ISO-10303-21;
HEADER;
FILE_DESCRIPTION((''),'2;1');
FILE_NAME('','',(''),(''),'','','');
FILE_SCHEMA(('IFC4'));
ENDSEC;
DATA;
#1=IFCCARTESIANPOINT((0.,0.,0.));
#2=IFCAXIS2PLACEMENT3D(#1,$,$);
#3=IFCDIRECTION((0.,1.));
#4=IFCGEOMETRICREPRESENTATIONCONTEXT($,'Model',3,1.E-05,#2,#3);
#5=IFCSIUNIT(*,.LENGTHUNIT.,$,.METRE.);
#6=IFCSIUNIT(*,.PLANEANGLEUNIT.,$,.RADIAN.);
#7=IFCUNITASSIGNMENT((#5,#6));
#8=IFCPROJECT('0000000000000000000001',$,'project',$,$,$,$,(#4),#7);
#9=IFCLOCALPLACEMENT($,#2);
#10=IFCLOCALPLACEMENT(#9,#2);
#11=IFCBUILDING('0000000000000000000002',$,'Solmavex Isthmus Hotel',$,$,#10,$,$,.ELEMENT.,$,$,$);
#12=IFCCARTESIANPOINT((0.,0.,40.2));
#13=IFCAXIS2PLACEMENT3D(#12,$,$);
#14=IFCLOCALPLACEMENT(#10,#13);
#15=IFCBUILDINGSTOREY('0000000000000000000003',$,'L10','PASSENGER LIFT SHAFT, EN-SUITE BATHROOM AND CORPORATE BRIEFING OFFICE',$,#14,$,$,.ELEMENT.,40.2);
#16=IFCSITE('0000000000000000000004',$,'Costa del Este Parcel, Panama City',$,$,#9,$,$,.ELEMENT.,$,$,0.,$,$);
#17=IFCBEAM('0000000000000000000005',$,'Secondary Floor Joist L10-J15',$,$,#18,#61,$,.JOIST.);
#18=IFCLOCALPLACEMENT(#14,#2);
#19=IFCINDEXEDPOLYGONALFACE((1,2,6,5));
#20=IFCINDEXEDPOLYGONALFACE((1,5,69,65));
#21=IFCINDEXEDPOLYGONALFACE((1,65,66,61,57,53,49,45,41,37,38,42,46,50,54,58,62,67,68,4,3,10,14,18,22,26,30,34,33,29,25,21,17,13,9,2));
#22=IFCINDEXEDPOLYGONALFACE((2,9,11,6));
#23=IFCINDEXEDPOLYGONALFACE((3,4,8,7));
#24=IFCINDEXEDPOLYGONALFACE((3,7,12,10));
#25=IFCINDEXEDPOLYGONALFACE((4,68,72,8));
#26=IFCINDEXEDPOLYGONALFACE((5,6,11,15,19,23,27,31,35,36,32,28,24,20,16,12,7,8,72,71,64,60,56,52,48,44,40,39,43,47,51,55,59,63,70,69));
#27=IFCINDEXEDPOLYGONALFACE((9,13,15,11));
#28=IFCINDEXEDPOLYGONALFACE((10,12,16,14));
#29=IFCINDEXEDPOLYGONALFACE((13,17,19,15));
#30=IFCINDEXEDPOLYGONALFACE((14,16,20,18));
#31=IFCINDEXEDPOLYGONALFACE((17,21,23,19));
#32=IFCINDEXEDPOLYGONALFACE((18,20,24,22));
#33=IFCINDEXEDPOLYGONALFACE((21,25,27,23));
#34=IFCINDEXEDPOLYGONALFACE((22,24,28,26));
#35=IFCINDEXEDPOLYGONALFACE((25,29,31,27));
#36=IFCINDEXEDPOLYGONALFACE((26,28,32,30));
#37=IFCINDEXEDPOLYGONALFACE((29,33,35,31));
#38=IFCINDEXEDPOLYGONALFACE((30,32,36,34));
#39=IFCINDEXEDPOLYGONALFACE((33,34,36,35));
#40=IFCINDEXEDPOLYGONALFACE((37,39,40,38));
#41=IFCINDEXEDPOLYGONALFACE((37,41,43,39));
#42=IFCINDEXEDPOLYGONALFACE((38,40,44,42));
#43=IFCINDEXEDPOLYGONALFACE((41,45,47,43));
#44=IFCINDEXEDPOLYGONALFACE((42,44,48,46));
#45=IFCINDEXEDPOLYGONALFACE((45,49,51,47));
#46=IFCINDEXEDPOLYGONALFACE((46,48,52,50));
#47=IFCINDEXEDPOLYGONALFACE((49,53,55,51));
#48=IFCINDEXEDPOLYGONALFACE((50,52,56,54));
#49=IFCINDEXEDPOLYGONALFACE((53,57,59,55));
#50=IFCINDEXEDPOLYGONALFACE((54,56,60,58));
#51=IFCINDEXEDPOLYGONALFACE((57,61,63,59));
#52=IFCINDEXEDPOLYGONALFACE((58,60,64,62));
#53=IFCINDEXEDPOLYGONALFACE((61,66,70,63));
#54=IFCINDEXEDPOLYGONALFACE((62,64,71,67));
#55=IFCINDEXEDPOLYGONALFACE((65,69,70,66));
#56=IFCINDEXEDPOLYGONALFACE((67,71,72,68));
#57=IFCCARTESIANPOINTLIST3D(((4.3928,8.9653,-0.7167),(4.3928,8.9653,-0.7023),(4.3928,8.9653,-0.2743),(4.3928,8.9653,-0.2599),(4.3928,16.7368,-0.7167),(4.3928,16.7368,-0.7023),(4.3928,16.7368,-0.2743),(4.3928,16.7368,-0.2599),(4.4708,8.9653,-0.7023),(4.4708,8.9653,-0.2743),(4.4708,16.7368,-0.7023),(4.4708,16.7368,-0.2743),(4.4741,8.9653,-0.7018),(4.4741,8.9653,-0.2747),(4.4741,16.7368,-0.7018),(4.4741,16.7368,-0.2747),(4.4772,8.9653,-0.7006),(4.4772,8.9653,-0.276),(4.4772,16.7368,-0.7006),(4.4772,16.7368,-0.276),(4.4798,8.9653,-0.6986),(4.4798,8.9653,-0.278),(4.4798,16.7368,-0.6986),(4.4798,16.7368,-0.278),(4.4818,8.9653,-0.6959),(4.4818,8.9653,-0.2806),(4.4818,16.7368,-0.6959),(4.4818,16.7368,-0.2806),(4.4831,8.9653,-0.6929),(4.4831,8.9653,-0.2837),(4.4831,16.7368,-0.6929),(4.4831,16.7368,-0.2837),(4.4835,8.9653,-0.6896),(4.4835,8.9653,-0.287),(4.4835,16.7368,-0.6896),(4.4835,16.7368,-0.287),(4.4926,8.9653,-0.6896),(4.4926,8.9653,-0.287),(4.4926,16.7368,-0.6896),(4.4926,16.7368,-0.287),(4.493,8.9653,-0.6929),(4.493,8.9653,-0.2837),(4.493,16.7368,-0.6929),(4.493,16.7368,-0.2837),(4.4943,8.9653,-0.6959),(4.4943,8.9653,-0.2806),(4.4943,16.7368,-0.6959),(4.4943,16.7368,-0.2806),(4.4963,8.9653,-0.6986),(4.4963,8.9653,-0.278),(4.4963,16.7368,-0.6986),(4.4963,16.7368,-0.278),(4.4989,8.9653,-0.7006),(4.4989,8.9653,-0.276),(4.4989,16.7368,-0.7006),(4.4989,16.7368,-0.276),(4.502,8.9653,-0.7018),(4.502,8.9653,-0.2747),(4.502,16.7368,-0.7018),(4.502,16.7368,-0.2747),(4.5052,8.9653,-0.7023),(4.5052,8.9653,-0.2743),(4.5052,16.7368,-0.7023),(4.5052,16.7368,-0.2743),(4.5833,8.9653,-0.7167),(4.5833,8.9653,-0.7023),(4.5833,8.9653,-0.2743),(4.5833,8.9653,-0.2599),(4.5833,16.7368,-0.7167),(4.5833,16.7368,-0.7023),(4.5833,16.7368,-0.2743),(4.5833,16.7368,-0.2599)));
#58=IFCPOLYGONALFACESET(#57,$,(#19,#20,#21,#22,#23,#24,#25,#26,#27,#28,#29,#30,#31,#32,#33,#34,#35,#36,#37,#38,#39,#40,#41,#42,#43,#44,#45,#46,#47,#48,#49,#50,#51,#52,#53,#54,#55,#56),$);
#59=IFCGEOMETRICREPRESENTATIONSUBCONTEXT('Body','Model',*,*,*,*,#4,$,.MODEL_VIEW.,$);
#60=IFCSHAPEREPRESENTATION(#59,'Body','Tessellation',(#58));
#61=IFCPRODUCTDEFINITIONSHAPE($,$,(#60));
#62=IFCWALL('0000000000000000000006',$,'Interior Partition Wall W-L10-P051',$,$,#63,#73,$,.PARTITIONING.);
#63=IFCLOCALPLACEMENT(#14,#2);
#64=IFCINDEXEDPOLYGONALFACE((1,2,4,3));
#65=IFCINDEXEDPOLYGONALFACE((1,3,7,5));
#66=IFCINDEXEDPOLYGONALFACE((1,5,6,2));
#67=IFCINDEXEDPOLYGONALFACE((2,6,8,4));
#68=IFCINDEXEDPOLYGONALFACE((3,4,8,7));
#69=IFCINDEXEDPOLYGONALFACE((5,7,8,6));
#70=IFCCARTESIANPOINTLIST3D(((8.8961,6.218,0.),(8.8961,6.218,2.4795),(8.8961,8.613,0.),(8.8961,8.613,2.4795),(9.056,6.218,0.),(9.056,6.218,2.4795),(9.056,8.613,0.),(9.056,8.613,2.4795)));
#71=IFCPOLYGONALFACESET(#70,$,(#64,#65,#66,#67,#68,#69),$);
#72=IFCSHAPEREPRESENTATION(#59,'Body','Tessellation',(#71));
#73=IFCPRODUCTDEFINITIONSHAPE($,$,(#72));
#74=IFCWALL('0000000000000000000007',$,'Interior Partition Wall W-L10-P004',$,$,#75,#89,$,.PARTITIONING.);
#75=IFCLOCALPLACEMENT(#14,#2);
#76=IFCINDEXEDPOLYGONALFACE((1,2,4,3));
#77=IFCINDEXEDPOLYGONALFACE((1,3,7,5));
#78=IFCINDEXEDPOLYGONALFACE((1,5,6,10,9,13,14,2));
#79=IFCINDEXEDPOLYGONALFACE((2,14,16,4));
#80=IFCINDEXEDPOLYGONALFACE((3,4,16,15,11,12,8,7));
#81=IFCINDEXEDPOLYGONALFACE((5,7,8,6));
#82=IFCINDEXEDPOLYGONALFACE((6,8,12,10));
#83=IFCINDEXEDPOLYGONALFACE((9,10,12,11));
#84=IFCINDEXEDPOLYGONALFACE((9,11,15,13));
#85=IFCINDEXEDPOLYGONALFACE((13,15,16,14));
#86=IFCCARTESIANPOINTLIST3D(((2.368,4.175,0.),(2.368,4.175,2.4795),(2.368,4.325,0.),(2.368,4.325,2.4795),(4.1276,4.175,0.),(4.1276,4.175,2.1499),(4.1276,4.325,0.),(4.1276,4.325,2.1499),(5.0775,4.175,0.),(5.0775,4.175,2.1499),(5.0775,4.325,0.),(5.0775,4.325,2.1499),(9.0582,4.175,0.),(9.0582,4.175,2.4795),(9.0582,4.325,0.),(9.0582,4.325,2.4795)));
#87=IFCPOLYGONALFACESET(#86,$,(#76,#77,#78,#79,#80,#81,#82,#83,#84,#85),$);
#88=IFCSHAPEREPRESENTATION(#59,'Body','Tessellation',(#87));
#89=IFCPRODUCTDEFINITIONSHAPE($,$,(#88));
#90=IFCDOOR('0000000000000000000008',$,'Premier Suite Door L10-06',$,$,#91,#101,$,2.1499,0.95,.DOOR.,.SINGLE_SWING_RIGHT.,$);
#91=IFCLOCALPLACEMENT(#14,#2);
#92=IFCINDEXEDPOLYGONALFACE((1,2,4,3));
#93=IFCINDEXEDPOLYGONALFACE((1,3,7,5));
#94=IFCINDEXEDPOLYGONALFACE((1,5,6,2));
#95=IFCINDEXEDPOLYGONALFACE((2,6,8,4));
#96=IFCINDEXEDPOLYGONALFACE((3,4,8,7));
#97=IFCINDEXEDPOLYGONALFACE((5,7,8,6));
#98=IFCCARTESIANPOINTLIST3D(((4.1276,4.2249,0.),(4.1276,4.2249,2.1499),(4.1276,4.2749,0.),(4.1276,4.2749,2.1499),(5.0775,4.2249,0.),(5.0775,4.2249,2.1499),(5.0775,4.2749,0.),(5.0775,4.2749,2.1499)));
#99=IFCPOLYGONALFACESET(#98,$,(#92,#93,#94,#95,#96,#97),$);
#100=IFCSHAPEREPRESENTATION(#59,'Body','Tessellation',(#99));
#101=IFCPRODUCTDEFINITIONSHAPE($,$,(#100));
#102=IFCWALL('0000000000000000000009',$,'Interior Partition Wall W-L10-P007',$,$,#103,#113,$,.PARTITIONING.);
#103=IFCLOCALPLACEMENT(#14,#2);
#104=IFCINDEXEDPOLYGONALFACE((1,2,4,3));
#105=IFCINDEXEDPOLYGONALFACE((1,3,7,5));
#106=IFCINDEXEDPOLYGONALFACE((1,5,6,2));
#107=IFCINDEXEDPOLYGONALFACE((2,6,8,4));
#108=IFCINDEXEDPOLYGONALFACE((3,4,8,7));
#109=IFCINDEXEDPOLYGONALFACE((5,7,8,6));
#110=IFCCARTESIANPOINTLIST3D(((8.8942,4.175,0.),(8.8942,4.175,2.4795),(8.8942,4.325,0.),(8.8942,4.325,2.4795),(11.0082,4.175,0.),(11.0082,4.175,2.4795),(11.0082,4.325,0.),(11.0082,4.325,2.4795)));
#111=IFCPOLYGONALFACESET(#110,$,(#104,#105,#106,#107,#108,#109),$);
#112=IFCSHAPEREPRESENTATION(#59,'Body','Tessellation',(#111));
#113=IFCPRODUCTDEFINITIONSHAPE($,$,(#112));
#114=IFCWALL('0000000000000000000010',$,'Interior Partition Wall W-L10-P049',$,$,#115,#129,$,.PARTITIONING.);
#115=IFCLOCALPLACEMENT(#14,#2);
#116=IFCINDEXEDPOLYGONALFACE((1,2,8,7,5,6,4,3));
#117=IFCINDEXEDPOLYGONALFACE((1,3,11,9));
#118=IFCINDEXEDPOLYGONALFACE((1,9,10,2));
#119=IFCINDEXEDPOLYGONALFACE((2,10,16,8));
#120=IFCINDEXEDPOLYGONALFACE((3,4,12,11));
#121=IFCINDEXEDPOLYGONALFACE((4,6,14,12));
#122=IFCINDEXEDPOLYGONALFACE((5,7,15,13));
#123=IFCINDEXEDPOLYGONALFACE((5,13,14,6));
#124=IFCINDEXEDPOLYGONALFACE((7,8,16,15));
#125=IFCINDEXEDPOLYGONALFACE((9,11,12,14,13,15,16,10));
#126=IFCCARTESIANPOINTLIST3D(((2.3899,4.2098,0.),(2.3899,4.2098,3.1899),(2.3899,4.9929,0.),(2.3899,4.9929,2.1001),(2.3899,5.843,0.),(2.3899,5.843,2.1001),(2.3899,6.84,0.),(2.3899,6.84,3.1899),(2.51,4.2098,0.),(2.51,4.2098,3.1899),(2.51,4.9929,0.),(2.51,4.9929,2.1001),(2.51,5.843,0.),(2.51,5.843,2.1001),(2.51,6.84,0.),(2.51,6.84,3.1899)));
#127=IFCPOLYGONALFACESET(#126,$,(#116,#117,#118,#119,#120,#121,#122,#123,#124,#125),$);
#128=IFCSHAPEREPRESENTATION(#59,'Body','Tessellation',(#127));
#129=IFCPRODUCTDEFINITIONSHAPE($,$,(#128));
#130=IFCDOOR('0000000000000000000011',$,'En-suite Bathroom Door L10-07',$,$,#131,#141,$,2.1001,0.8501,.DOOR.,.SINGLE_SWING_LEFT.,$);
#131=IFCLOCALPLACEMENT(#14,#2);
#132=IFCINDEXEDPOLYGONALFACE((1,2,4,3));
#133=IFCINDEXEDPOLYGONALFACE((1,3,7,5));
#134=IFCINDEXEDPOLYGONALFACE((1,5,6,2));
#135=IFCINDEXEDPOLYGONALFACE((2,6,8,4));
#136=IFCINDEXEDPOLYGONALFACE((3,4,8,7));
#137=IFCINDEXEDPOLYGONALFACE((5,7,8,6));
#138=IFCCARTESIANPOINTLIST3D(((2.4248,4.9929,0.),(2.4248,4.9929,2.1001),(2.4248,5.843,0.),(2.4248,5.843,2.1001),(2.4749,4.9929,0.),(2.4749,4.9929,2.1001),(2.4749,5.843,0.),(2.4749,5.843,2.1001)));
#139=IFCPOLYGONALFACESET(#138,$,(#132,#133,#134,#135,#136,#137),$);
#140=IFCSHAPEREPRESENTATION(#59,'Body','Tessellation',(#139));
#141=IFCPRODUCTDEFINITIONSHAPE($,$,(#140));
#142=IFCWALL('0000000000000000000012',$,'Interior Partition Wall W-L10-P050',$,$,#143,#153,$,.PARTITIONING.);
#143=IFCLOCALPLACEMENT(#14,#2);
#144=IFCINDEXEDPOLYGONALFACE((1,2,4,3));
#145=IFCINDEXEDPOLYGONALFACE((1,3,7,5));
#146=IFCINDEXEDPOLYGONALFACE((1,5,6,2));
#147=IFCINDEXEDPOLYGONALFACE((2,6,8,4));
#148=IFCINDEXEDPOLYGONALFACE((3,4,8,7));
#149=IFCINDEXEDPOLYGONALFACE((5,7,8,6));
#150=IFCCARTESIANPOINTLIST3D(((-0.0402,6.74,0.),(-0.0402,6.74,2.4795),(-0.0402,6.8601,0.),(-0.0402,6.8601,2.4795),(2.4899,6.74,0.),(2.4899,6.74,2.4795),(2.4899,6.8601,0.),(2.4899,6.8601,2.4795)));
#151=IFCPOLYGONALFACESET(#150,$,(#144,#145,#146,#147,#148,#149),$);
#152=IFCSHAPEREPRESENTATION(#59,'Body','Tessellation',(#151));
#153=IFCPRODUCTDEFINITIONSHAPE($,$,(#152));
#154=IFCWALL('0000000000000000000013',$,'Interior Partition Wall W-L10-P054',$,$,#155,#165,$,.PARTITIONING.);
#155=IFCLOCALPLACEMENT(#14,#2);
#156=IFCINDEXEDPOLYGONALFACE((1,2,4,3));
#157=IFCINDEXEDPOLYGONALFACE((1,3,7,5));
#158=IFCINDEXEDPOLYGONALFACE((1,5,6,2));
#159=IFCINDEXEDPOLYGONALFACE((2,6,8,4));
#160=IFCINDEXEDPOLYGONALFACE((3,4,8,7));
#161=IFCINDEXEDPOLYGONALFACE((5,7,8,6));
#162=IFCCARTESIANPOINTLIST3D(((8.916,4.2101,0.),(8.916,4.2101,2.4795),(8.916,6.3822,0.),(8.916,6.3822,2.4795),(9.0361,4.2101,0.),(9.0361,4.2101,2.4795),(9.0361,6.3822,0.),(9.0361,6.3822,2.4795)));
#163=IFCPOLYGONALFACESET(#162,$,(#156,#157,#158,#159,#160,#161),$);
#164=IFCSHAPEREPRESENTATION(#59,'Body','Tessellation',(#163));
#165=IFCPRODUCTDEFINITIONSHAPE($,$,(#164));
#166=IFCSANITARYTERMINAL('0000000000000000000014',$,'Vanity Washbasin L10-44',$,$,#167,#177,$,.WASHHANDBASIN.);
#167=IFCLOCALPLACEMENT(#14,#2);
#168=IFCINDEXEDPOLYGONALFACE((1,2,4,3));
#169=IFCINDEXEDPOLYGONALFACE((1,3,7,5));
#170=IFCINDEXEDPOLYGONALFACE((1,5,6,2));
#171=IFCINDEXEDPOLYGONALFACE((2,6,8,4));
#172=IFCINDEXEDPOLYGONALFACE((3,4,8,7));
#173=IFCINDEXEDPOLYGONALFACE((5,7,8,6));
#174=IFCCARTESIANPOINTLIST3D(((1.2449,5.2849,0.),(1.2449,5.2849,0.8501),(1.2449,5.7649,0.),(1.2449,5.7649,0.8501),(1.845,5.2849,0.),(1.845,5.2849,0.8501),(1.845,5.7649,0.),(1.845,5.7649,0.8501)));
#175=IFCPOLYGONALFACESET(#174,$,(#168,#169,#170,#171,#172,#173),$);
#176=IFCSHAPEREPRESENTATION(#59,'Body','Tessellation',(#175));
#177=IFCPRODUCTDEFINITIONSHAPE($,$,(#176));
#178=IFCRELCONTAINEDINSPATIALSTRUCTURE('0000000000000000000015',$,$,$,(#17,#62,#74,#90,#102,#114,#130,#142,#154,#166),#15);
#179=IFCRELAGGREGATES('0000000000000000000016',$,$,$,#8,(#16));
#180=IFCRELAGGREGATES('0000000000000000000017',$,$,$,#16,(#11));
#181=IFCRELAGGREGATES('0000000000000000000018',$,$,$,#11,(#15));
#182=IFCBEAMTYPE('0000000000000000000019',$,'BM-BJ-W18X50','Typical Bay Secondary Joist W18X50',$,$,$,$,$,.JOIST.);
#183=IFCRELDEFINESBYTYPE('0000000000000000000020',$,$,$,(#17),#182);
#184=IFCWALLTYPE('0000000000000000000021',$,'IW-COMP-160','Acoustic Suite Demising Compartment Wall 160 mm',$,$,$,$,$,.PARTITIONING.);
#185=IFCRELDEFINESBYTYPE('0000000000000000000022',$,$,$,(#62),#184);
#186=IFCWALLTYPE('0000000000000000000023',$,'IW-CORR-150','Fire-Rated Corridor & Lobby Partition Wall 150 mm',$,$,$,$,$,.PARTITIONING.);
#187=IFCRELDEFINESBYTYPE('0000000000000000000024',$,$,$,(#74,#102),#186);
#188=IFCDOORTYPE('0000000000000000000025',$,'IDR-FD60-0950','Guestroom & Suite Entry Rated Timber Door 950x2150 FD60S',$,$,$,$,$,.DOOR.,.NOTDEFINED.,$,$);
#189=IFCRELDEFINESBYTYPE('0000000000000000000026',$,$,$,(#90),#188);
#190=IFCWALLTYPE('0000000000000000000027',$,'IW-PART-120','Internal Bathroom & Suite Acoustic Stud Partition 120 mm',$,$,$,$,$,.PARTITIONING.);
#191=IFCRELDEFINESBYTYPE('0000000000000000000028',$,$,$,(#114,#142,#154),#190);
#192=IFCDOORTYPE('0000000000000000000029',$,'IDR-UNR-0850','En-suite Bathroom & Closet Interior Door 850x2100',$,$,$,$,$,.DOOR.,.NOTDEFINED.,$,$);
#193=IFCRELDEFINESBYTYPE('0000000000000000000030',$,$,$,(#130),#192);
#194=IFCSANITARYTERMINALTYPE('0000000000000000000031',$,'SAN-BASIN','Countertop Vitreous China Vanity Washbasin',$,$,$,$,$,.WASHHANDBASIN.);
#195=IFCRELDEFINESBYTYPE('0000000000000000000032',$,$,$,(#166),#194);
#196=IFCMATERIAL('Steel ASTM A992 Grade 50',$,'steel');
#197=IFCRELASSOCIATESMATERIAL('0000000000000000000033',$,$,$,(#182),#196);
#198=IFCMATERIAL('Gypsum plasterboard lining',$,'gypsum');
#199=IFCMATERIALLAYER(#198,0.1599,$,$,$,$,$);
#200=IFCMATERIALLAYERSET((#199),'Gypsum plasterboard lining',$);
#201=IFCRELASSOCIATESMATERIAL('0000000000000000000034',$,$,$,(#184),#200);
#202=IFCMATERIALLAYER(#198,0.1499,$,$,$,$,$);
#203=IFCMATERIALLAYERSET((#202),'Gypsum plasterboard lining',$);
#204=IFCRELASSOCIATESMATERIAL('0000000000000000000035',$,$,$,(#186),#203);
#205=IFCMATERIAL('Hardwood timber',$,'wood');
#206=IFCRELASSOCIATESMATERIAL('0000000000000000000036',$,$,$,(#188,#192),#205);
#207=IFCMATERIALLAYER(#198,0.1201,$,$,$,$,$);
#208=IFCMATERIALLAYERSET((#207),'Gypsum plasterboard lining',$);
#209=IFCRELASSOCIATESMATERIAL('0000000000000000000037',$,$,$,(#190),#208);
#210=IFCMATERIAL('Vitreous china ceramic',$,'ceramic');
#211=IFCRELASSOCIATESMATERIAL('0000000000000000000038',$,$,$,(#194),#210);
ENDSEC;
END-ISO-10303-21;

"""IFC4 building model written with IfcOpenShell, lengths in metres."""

from ifc_helpers import new_model, si_unit, direction, frame, frame_2d, origin, origin_2d, place, context, subcontext, project, spatial, rectangle, i_section, extrude, material, layer, layer_set, material_profile, profile_set, type_object, element, fill, save


model = new_model("IFC4")

# Units and contexts
model_context = context("Model", 3, precision=1e-05, world=origin(), true_north=direction((0.0, 1.0)))
body_context = subcontext(model_context, "Body", "Model", "MODEL_VIEW")
ifc_project = project(units=[si_unit("LENGTHUNIT", "METRE"), si_unit("PLANEANGLEUNIT", "RADIAN")], contexts=[model_context])

# Site, building, storey
site_placement = place(None, origin())
site = spatial("IfcSite", under=ifc_project, at=site_placement, Name="Costa del Este Parcel, Panama City", CompositionType="ELEMENT", RefElevation=0.0)
building_placement = place(site_placement, origin())
building = spatial("IfcBuilding", under=site, at=building_placement, Name="Solmavex Isthmus Hotel", CompositionType="ELEMENT")
storey_placement = place(building_placement, frame((0.0, 0.0, 40.2)))
storey = spatial("IfcBuildingStorey", under=building, at=storey_placement, Name="L10", Description="PASSENGER LIFT SHAFT, EN-SUITE BATHROOM AND CORPORATE BRIEFING OFFICE", CompositionType="ELEMENT", Elevation=40.2)

# Beam
ifc_material_1 = material(Name="Steel ASTM A992 Grade 50", Category="steel")
ifc_material_profile_1 = material_profile(ifc_material_1, i_section(OverallWidth=0.1904, OverallDepth=0.4568, WebThickness=0.009, FlangeThickness=0.0144, FilletRadius=0.0127, at=origin_2d()), Name="W18X50")
ifc_profile_set_1 = profile_set([ifc_material_profile_1], Name="Steel ASTM A992 Grade 50")
beam_type_1 = type_object("IfcBeamType", Name="BM-BJ-W18X50", Description="Typical Bay Secondary Joist W18X50", PredefinedType="JOIST", material=ifc_profile_set_1)
beam_1_placement = place(storey_placement, frame((4.488, 8.9653, -0.4883), z_axis=(0.0, 1.0, 0.0), x_axis=(-1.0, 0.0, 0.0)))
element("IfcBeam", 1, at=beam_1_placement, inside=storey, type_object=beam_type_1, Name="Secondary Floor Joist L10-J15", PredefinedType="JOIST", context=body_context, shape_type="SweptSolid", body=[
    extrude(i_section(OverallWidth=0.1904, OverallDepth=0.4568, WebThickness=0.009, FlangeThickness=0.0144, FilletRadius=0.0127, at=origin_2d()), origin(), (0.0, 0.0, 1.0), 7.7715),
])

# Wall
ifc_material_2 = material(Name="Gypsum plasterboard lining", Category="gypsum")
ifc_layer_1 = layer(ifc_material_2, 0.1599)
ifc_layer_set_1 = layer_set([ifc_layer_1], Name="Gypsum plasterboard lining")
wall_type_1 = type_object("IfcWallType", Name="IW-COMP-160", Description="Acoustic Suite Demising Compartment Wall 160 mm", PredefinedType="PARTITIONING", material=ifc_layer_set_1)
wall_1_placement = place(storey_placement, frame((8.9761, 8.613, 0.0), z_axis=(0.0, 0.0, 1.0), x_axis=(0.0, -1.0, 0.0)))
element("IfcWall", 2, at=wall_1_placement, inside=storey, type_object=wall_type_1, Name="Interior Partition Wall W-L10-P051", PredefinedType="PARTITIONING", context=body_context, shape_type="SweptSolid", body=[
    extrude(rectangle(XDim=2.395, YDim=0.1599, at=frame_2d((1.1975, 0.0))), origin(), (0.0, 0.0, 1.0), 2.4795),
])

# Wall, opening, door
ifc_layer_2 = layer(ifc_material_2, 0.1499)
ifc_layer_set_2 = layer_set([ifc_layer_2], Name="Gypsum plasterboard lining")
wall_type_2 = type_object("IfcWallType", Name="IW-CORR-150", Description="Fire-Rated Corridor & Lobby Partition Wall 150 mm", PredefinedType="PARTITIONING", material=ifc_layer_set_2)
wall_2_placement = place(storey_placement, frame((2.3679, 4.25, 0.0), z_axis=(0.0, 0.0, 1.0), x_axis=(1.0, 0.0, 0.0)))
wall_2 = element("IfcWall", 3, at=wall_2_placement, inside=storey, type_object=wall_type_2, Name="Interior Partition Wall W-L10-P004", PredefinedType="PARTITIONING", context=body_context, shape_type="SweptSolid", body=[
    extrude(rectangle(XDim=6.6902, YDim=0.1499, at=frame_2d((3.3452, 0.0))), origin(), (0.0, 0.0, 1.0), 2.4795),
])
opening_1_placement = place(wall_2_placement, frame((1.7595, 0.0, 0.0)))
opening_1 = element("IfcOpeningElement", 4, at=opening_1_placement, cuts=wall_2, PredefinedType="OPENING", context=body_context, shape_type="SweptSolid", body=[
    extrude(rectangle(XDim=0.95, YDim=2.1499, at=frame_2d((0.4751, 1.075))), frame((0.0, 0.085, 0.0), z_axis=(0.0, -1.0, 0.0), x_axis=(1.0, 0.0, 0.0)), (0.0, 0.0, 1.0), 0.1699),
])
ifc_material_3 = material(Name="Hardwood timber", Category="wood")
door_type_1 = type_object("IfcDoorType", Name="IDR-FD60-0950", Description="Guestroom & Suite Entry Rated Timber Door 950x2150 FD60S", OperationType="NOTDEFINED", PredefinedType="DOOR", material=ifc_material_3)
door_1_placement = place(opening_1_placement, origin())
door_1 = element("IfcDoor", 5, at=door_1_placement, inside=storey, type_object=door_type_1, Name="Premier Suite Door L10-06", OperationType="SINGLE_SWING_RIGHT", OverallHeight=2.1499, OverallWidth=0.95, PredefinedType="DOOR", context=body_context, shape_type="SweptSolid", body=[
    extrude(rectangle(XDim=0.95, YDim=2.1499, at=frame_2d((0.4751, 1.075))), frame((0.0, 0.0249, 0.0), z_axis=(0.0, -1.0, 0.0), x_axis=(1.0, 0.0, 0.0)), (0.0, 0.0, 1.0), 0.05),
])
fill(opening_1, door_1)

# Wall
wall_3_placement = place(storey_placement, frame((8.894, 4.25, 0.0), z_axis=(0.0, 0.0, 1.0), x_axis=(1.0, 0.0, 0.0)))
element("IfcWall", 6, at=wall_3_placement, inside=storey, type_object=wall_type_2, Name="Interior Partition Wall W-L10-P007", PredefinedType="PARTITIONING", context=body_context, shape_type="SweptSolid", body=[
    extrude(rectangle(XDim=2.114, YDim=0.1499, at=frame_2d((1.0571, 0.0))), origin(), (0.0, 0.0, 1.0), 2.4795),
])

# Wall, opening, door
ifc_layer_3 = layer(ifc_material_2, 0.1201)
ifc_layer_set_3 = layer_set([ifc_layer_3], Name="Gypsum plasterboard lining")
wall_type_3 = type_object("IfcWallType", Name="IW-PART-120", Description="Internal Bathroom & Suite Acoustic Stud Partition 120 mm", PredefinedType="PARTITIONING", material=ifc_layer_set_3)
wall_4_placement = place(storey_placement, frame((2.45, 4.21, 0.0), z_axis=(0.0, 0.0, 1.0), x_axis=(0.0, 1.0, 0.0)))
wall_4 = element("IfcWall", 7, at=wall_4_placement, inside=storey, type_object=wall_type_3, Name="Interior Partition Wall W-L10-P049", PredefinedType="PARTITIONING", context=body_context, shape_type="SweptSolid", body=[
    extrude(rectangle(XDim=2.6301, YDim=0.1201, at=frame_2d((1.3149, 0.0))), origin(), (0.0, 0.0, 1.0), 3.1899),
])
opening_2_placement = place(wall_4_placement, frame((0.783, 0.0, 0.0)))
opening_2 = element("IfcOpeningElement", 8, at=opening_2_placement, cuts=wall_4, PredefinedType="OPENING", context=body_context, shape_type="SweptSolid", body=[
    extrude(rectangle(XDim=0.8501, YDim=2.1001, at=frame_2d((0.425, 1.05))), frame((0.0, 0.0701, 0.0), z_axis=(0.0, -1.0, 0.0), x_axis=(1.0, 0.0, 0.0)), (0.0, 0.0, 1.0), 0.1401),
])
door_type_2 = type_object("IfcDoorType", Name="IDR-UNR-0850", Description="En-suite Bathroom & Closet Interior Door 850x2100", OperationType="NOTDEFINED", PredefinedType="DOOR", material=ifc_material_3)
door_2_placement = place(opening_2_placement, frame((0.8501, 0.0, 0.0), z_axis=(0.0, 0.0, 1.0), x_axis=(-1.0, 0.0, 0.0)))
door_2 = element("IfcDoor", 9, at=door_2_placement, inside=storey, type_object=door_type_2, Name="En-suite Bathroom Door L10-07", OperationType="SINGLE_SWING_LEFT", OverallHeight=2.1001, OverallWidth=0.8501, PredefinedType="DOOR", context=body_context, shape_type="SweptSolid", body=[
    extrude(rectangle(XDim=0.8501, YDim=2.1001, at=frame_2d((0.425, 1.05))), frame((0.0, 0.0249, 0.0), z_axis=(0.0, -1.0, 0.0), x_axis=(1.0, 0.0, 0.0)), (0.0, 0.0, 1.0), 0.05),
])
fill(opening_2, door_2)

# Walls
wall_5_placement = place(storey_placement, frame((2.49, 6.8, 0.0), z_axis=(0.0, 0.0, 1.0), x_axis=(-1.0, 0.0, 0.0)))
element("IfcWall", 10, at=wall_5_placement, inside=storey, type_object=wall_type_3, Name="Interior Partition Wall W-L10-P050", PredefinedType="PARTITIONING", context=body_context, shape_type="SweptSolid", body=[
    extrude(rectangle(XDim=2.53, YDim=0.1201, at=frame_2d((1.2651, 0.0))), origin(), (0.0, 0.0, 1.0), 2.4795),
])
wall_6_placement = place(storey_placement, frame((8.9761, 6.3821, 0.0), z_axis=(0.0, 0.0, 1.0), x_axis=(0.0, -1.0, 0.0)))
element("IfcWall", 11, at=wall_6_placement, inside=storey, type_object=wall_type_3, Name="Interior Partition Wall W-L10-P054", PredefinedType="PARTITIONING", context=body_context, shape_type="SweptSolid", body=[
    extrude(rectangle(XDim=2.1721, YDim=0.1201, at=frame_2d((1.0859, 0.0))), origin(), (0.0, 0.0, 1.0), 2.4795),
])

# Sanitary terminal
ifc_material_4 = material(Name="Vitreous china ceramic", Category="ceramic")
sanitary_terminal_type_1 = type_object("IfcSanitaryTerminalType", Name="SAN-BASIN", Description="Countertop Vitreous China Vanity Washbasin", PredefinedType="WASHHANDBASIN", material=ifc_material_4)
sanitary_terminal_1_placement = place(storey_placement, frame((1.5449, 5.5249, 0.0), z_axis=(0.0, 0.0, 1.0), x_axis=(1.0, 0.0, 0.0)))
element("IfcSanitaryTerminal", 12, at=sanitary_terminal_1_placement, inside=storey, type_object=sanitary_terminal_type_1, Name="Vanity Washbasin L10-44", PredefinedType="WASHHANDBASIN", context=body_context, shape_type="SweptSolid", body=[
    extrude(rectangle(XDim=0.6001, YDim=0.48, at=origin_2d()), origin(), (0.0, 0.0, 1.0), 0.8501),
])

save(model, "model.ifc")
